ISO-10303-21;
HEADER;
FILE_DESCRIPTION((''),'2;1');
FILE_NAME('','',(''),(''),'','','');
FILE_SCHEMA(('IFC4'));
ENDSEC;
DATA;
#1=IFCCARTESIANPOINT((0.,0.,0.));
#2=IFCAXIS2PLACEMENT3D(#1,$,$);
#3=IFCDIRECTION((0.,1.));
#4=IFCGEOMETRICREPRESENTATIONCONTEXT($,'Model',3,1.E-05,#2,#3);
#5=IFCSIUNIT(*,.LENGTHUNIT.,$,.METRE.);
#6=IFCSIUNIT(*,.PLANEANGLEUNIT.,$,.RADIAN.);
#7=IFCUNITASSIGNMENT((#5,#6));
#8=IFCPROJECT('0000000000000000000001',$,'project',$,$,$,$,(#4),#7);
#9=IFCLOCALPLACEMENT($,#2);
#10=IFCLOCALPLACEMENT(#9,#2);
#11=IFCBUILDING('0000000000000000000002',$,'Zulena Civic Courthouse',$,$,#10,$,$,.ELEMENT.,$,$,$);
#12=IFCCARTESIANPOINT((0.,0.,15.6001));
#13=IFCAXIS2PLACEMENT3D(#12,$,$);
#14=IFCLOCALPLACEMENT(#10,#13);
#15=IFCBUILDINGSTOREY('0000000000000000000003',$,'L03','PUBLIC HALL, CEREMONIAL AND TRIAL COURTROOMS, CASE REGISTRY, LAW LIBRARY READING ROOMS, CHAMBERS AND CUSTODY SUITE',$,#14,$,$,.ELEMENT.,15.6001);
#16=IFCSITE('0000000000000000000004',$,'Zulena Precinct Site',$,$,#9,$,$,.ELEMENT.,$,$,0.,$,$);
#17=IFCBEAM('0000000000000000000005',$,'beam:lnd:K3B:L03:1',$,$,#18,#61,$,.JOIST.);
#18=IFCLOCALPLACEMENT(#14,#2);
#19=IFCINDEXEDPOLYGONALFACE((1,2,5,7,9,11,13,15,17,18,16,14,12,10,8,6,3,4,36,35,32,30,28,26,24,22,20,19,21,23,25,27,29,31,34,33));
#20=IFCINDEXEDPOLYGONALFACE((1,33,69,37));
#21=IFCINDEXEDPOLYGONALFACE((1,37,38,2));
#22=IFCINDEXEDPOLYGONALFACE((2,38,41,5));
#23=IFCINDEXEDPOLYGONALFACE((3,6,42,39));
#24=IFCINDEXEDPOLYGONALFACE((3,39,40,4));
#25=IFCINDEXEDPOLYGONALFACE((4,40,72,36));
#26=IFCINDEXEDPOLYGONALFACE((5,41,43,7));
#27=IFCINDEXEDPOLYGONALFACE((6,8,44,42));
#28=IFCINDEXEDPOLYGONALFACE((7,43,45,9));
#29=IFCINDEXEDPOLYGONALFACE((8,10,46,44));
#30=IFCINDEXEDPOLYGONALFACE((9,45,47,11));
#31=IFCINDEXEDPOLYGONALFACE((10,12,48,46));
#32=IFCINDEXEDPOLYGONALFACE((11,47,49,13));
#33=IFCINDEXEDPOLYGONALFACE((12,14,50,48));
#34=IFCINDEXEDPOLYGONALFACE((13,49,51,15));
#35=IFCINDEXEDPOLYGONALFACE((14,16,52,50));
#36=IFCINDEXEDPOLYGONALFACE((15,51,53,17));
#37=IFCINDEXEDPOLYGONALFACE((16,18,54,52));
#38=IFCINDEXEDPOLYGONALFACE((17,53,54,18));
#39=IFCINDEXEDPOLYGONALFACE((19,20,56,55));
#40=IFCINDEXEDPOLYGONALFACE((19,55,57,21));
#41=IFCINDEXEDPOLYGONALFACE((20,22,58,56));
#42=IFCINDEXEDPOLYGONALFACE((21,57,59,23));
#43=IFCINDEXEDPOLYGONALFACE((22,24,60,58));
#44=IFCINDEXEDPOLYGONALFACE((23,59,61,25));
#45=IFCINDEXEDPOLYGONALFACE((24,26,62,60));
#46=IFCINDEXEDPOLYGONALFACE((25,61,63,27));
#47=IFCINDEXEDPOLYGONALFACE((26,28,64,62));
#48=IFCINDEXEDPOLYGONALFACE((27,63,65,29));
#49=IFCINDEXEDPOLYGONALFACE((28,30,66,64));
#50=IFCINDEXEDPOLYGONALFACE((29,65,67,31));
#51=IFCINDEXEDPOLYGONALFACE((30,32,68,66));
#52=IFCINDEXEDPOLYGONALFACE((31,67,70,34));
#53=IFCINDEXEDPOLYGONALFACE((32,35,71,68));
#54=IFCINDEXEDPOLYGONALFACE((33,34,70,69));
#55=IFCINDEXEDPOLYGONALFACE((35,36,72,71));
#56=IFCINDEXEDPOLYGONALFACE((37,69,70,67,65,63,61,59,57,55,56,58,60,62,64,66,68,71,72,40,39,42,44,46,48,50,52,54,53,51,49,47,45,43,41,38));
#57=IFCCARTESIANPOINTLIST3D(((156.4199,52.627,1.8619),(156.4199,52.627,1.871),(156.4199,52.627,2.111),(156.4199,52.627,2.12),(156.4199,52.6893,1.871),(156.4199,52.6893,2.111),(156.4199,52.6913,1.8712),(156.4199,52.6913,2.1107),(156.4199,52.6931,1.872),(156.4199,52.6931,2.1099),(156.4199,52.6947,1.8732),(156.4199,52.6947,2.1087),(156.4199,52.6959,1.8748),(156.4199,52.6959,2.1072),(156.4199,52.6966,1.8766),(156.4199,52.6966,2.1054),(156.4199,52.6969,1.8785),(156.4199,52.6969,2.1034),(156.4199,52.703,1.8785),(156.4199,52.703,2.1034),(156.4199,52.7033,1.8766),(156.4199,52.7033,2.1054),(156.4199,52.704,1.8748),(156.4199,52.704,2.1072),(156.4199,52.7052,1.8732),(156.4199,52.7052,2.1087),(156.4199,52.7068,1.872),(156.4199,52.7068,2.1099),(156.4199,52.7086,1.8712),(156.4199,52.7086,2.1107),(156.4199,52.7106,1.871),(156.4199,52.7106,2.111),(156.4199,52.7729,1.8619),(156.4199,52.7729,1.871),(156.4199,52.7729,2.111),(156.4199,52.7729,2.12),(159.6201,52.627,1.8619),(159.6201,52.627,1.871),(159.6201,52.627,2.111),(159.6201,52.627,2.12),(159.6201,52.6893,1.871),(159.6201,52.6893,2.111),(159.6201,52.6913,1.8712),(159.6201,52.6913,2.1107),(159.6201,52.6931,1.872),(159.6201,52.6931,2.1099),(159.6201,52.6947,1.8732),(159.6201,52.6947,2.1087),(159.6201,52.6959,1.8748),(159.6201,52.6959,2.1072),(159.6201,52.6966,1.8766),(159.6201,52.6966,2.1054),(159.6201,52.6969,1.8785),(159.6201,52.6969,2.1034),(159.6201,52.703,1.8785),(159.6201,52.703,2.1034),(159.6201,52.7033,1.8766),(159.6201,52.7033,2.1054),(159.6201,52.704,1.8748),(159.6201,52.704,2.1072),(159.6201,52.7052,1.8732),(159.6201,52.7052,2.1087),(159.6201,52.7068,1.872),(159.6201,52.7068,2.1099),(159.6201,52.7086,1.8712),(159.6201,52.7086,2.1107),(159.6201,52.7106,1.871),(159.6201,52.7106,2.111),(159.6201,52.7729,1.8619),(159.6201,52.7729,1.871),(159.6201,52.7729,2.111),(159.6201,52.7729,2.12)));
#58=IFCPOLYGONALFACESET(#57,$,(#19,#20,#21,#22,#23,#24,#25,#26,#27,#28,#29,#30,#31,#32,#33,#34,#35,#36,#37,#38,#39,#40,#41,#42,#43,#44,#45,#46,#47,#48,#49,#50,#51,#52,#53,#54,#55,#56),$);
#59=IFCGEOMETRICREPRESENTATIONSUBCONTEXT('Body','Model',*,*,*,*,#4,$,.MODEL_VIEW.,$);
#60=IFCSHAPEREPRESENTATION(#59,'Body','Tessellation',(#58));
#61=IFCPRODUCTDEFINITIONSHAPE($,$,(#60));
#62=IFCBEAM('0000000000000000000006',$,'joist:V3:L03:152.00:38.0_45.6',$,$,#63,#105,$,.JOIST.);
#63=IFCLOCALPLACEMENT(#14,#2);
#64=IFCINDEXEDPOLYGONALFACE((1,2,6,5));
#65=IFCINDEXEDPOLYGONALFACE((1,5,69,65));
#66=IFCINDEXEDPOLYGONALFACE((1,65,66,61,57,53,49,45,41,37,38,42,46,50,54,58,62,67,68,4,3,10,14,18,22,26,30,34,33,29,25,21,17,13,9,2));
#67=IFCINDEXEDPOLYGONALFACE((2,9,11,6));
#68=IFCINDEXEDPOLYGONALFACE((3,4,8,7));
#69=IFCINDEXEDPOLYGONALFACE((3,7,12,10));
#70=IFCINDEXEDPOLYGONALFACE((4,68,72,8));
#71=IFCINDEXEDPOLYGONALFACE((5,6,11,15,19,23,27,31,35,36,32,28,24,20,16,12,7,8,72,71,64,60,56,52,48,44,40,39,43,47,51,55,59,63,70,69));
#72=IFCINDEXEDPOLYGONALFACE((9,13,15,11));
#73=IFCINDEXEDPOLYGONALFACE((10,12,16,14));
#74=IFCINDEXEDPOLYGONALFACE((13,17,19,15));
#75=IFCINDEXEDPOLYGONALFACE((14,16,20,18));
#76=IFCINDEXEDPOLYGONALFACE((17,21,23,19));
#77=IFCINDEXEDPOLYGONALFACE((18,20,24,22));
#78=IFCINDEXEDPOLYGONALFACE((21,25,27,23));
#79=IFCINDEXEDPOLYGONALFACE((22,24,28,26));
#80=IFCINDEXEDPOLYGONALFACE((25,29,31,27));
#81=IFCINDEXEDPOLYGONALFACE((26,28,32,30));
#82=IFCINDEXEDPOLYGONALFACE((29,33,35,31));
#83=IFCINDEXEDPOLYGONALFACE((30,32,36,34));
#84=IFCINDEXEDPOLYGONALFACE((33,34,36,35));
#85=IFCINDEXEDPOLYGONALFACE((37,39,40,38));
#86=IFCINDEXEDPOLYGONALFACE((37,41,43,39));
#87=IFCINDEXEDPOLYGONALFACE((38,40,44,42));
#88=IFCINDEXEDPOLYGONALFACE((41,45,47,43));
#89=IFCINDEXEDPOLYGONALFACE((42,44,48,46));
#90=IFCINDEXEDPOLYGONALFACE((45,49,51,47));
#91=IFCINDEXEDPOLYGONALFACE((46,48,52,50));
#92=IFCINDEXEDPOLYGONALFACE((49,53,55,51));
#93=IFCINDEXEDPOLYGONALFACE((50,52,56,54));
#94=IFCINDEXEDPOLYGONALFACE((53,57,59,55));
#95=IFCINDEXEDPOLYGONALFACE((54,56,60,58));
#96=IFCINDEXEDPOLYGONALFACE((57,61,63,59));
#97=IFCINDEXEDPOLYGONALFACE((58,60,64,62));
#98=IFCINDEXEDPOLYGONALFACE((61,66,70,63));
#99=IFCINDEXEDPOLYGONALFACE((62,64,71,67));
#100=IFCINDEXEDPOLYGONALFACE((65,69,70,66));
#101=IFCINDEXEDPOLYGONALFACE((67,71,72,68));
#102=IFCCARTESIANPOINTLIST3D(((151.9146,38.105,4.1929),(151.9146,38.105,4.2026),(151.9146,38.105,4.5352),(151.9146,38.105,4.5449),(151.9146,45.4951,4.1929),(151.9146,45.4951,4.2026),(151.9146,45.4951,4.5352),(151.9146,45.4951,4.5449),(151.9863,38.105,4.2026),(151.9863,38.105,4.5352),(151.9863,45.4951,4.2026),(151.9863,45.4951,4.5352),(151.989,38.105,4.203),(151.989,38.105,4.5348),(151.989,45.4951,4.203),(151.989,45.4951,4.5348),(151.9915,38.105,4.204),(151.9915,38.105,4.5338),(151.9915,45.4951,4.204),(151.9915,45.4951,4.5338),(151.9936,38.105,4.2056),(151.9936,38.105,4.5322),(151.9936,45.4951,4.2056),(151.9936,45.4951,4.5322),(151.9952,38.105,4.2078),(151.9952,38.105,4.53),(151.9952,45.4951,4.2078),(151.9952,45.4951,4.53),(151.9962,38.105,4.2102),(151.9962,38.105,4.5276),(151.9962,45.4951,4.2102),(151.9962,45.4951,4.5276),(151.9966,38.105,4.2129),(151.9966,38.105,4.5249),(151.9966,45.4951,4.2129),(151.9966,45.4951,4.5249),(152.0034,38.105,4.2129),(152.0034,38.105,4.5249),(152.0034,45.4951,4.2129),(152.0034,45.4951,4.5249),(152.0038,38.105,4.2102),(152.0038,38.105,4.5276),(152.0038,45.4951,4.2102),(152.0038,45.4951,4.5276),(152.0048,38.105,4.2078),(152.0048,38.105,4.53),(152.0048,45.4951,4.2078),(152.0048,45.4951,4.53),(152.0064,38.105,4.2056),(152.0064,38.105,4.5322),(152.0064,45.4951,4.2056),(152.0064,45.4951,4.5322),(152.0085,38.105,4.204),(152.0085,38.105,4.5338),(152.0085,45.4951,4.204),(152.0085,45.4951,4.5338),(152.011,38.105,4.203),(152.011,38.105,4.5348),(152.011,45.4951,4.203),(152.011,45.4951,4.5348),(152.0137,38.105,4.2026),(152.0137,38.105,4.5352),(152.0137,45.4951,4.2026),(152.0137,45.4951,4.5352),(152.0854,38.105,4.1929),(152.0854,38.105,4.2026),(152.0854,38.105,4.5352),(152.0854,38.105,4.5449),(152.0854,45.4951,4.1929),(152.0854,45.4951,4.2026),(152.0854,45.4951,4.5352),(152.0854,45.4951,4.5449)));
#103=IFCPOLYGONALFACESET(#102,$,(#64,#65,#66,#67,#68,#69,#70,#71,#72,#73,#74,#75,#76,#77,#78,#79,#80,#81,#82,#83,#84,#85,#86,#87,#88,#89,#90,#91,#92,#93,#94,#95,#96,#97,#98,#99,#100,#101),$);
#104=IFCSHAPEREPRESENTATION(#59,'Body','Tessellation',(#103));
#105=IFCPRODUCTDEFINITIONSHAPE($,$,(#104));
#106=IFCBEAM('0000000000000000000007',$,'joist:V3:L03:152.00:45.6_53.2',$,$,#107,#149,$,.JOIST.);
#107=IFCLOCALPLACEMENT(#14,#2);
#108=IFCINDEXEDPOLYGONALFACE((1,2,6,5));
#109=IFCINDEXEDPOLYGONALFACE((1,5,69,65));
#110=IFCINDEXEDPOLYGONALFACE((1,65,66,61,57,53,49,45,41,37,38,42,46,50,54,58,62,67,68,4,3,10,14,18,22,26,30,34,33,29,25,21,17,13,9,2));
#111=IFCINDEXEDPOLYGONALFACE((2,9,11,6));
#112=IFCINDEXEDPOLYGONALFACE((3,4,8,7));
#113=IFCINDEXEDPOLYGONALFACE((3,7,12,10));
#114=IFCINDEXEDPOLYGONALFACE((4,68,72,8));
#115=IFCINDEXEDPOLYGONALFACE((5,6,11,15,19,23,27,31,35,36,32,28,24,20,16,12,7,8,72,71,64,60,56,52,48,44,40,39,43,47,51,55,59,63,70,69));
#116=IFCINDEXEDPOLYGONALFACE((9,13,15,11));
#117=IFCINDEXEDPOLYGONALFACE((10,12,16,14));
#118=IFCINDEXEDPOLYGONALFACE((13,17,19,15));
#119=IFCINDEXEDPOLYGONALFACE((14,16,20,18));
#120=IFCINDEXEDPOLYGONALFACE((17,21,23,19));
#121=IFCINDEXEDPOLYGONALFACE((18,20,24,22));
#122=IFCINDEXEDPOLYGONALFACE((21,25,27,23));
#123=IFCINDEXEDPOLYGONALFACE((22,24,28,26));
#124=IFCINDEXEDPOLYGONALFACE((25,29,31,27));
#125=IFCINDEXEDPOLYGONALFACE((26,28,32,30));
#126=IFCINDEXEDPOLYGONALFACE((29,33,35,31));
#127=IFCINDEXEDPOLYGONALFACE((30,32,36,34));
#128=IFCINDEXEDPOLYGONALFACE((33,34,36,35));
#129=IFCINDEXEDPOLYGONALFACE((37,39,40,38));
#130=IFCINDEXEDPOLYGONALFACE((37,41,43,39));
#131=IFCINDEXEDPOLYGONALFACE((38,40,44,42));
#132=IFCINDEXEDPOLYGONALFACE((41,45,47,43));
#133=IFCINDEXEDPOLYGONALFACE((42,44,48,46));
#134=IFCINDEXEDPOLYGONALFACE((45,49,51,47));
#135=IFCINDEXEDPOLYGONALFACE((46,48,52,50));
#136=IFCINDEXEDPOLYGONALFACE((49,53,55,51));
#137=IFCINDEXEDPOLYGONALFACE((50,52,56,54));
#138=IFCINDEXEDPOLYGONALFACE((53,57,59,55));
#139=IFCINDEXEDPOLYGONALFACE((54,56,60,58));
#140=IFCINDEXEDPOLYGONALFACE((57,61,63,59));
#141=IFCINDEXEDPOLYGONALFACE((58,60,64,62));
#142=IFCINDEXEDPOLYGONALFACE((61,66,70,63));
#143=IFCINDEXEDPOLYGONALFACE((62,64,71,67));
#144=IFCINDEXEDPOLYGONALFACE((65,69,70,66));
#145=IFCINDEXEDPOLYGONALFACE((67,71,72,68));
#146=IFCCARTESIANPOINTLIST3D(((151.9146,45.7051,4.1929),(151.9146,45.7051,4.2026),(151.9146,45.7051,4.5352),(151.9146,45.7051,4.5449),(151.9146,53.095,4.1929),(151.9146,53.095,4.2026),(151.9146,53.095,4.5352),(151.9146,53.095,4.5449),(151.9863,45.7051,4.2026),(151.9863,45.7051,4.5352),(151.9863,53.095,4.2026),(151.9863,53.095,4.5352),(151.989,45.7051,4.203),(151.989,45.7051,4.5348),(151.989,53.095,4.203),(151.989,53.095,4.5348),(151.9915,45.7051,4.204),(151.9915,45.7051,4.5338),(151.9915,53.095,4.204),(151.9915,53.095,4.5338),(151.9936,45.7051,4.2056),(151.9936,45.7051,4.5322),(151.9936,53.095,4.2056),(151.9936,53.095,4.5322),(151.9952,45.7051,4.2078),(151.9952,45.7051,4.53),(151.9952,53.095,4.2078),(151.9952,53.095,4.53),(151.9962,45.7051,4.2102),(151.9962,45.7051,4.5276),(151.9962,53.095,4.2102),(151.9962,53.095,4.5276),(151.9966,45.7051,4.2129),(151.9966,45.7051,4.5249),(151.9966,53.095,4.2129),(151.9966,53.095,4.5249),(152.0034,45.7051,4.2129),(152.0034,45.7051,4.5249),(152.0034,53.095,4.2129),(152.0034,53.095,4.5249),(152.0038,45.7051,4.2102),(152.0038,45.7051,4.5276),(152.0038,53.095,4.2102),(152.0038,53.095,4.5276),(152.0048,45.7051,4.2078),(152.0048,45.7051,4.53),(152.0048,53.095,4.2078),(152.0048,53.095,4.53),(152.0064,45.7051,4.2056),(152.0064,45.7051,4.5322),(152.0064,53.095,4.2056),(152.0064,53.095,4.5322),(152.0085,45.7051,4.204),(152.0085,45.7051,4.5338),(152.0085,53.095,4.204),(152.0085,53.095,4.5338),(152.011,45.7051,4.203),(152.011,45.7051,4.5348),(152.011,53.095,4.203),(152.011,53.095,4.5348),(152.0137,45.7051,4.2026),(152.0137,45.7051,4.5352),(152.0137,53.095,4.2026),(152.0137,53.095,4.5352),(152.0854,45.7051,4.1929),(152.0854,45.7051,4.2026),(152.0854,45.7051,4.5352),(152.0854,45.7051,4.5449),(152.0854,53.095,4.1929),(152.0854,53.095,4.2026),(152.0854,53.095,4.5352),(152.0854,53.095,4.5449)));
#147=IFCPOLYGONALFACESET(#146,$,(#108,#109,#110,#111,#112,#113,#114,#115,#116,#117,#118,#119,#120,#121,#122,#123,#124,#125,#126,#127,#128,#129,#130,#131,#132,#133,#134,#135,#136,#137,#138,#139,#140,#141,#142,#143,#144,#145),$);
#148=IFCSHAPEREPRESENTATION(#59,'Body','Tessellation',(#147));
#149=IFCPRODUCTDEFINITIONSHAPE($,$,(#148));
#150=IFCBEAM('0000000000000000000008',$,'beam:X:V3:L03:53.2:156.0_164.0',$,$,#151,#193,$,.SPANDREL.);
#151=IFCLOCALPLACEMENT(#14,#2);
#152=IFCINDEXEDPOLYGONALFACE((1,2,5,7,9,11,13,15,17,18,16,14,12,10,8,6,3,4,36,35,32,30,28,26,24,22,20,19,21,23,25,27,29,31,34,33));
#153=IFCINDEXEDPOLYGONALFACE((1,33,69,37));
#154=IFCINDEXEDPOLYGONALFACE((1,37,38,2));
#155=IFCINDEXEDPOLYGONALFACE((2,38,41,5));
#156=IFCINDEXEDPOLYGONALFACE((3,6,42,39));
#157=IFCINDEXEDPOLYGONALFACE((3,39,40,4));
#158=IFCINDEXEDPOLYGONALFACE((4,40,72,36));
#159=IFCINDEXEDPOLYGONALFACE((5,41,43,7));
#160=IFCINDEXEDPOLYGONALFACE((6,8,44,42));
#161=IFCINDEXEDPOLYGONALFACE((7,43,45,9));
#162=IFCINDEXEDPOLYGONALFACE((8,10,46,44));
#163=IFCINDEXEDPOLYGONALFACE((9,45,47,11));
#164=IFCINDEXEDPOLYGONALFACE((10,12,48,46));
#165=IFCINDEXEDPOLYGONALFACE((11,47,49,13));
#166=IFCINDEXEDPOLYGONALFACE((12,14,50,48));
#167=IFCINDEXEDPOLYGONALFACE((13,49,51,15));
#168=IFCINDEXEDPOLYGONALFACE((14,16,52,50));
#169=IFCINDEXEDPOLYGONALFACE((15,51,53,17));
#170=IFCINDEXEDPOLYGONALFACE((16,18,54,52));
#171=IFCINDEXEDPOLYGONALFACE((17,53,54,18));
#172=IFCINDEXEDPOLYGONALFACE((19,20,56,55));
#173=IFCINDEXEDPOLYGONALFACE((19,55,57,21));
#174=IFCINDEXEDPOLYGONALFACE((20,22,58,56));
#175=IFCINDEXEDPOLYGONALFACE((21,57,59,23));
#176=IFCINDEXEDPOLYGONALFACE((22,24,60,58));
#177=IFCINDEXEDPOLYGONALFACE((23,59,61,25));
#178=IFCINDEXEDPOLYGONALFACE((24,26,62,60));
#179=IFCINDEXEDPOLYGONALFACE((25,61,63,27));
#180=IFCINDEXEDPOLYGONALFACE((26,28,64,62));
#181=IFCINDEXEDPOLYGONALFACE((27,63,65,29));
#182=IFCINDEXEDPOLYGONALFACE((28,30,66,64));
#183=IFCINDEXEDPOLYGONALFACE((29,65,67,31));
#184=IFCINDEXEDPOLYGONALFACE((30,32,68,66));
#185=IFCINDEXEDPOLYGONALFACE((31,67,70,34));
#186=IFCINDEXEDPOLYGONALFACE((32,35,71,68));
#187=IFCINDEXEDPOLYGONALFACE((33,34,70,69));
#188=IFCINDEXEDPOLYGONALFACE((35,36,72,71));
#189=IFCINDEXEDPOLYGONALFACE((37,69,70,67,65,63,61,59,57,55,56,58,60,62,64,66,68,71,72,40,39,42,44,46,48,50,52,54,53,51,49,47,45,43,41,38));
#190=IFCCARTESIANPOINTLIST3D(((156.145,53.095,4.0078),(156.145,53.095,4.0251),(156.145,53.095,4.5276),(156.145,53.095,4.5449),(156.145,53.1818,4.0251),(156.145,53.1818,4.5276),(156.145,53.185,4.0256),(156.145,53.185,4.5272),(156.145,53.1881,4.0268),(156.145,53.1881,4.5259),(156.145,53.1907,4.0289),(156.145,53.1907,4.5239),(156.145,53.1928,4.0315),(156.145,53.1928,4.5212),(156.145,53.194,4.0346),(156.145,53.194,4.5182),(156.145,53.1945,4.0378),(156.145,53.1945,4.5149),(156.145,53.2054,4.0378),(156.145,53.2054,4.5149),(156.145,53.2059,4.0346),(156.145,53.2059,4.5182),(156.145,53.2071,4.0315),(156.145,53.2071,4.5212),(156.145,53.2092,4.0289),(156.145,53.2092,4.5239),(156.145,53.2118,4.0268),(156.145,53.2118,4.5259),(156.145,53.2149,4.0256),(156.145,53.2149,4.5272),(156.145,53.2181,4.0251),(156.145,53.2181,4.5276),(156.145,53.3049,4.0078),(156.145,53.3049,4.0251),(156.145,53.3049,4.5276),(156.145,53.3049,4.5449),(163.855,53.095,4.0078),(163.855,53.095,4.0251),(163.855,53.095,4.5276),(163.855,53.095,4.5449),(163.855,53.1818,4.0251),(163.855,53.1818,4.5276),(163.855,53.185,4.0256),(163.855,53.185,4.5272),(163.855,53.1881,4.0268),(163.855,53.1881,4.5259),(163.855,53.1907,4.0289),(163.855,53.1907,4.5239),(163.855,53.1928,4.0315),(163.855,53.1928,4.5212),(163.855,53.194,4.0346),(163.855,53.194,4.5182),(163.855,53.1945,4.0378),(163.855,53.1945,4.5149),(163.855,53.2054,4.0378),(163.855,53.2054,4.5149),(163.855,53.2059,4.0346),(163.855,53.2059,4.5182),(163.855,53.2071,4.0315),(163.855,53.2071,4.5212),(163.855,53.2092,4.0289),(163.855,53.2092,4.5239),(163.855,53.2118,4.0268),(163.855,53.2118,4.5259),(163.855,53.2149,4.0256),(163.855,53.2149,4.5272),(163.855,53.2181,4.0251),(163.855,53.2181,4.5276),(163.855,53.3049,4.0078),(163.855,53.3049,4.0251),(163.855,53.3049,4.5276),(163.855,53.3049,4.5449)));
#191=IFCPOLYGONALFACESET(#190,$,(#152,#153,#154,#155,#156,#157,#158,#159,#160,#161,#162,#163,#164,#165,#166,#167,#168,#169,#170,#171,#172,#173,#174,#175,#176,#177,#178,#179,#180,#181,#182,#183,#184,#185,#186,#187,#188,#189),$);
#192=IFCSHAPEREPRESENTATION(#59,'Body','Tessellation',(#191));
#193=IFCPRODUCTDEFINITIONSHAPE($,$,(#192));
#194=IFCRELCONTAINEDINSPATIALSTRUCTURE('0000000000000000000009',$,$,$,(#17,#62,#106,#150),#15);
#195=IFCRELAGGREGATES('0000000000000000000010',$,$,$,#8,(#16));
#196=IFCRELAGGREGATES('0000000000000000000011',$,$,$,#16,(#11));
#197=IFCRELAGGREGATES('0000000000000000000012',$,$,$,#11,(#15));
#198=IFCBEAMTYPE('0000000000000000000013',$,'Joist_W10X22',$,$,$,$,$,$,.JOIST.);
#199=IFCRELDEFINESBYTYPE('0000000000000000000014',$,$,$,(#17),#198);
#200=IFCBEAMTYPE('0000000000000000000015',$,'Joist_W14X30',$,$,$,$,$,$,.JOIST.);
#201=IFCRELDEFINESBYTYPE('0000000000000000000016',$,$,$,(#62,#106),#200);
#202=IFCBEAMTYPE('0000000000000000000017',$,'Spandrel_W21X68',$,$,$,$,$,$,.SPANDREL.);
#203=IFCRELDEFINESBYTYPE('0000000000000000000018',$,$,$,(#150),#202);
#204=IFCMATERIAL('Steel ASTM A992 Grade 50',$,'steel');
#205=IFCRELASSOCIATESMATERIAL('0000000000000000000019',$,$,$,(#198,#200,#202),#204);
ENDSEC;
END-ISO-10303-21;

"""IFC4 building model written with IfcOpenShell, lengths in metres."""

from ifc_helpers import new_model, si_unit, direction, frame, origin, origin_2d, place, context, subcontext, project, spatial, i_section, extrude, material, material_profile, profile_set, type_object, element, save


model = new_model("IFC4")

# Units and contexts
model_context = context("Model", 3, precision=1e-05, world=origin(), true_north=direction((0.0, 1.0)))
body_context = subcontext(model_context, "Body", "Model", "MODEL_VIEW")
ifc_project = project(units=[si_unit("LENGTHUNIT", "METRE"), si_unit("PLANEANGLEUNIT", "RADIAN")], contexts=[model_context])

# Site, building, storey
site_placement = place(None, origin())
site = spatial("IfcSite", under=ifc_project, at=site_placement, Name="Zulena Precinct Site", CompositionType="ELEMENT", RefElevation=0.0)
building_placement = place(site_placement, origin())
building = spatial("IfcBuilding", under=site, at=building_placement, Name="Zulena Civic Courthouse", CompositionType="ELEMENT")
storey_placement = place(building_placement, frame((0.0, 0.0, 15.6001)))
storey = spatial("IfcBuildingStorey", under=building, at=storey_placement, Name="L03", Description="PUBLIC HALL, CEREMONIAL AND TRIAL COURTROOMS, CASE REGISTRY, LAW LIBRARY READING ROOMS, CHAMBERS AND CUSTODY SUITE", CompositionType="ELEMENT", Elevation=15.6001)

# Shared definitions
ifc_material_1 = material(Name="Steel ASTM A992 Grade 50", Category="steel")

# Beams
ifc_material_profile_1 = material_profile(ifc_material_1, i_section(OverallWidth=0.146, OverallDepth=0.2581, WebThickness=0.0061, FlangeThickness=0.009, FilletRadius=0.0076, at=origin_2d()), Name="W10X22")
ifc_profile_set_1 = profile_set([ifc_material_profile_1], Name="Steel ASTM A992 Grade 50")
beam_type_1 = type_object("IfcBeamType", Name="Joist_W10X22", PredefinedType="JOIST", material=ifc_profile_set_1)
for number, where, z_axis, x_axis, name in (
    (1, (156.4199, 52.7, 1.991), (1.0, 0.0, 0.0), (0.0, 1.0, 0.0), "beam:lnd:K3B:L03:1"),
):
    element("IfcBeam", number, at=place(storey_placement, frame(where, z_axis=z_axis, x_axis=x_axis)), inside=storey, type_object=beam_type_1, Name=name, PredefinedType="JOIST", context=body_context, shape_type="SweptSolid", body=[
        extrude(i_section(OverallWidth=0.146, OverallDepth=0.2581, WebThickness=0.0061, FlangeThickness=0.009, FilletRadius=0.0076, at=origin_2d()), origin(), (0.0, 0.0, 1.0), 3.2002),
    ])
ifc_material_profile_2 = material_profile(ifc_material_1, i_section(OverallWidth=0.1709, OverallDepth=0.3521, WebThickness=0.0068, FlangeThickness=0.0098, FilletRadius=0.0103, at=origin_2d()), Name="W14X30")
ifc_profile_set_2 = profile_set([ifc_material_profile_2], Name="Steel ASTM A992 Grade 50")
beam_type_2 = type_object("IfcBeamType", Name="Joist_W14X30", PredefinedType="JOIST", material=ifc_profile_set_2)
beam_1_placement = place(storey_placement, frame((152.0, 38.105, 4.3689), z_axis=(0.0, 1.0, 0.0), x_axis=(-1.0, 0.0, 0.0)))
element("IfcBeam", 2, at=beam_1_placement, inside=storey, type_object=beam_type_2, Name="joist:V3:L03:152.00:38.0_45.6", PredefinedType="JOIST", context=body_context, shape_type="SweptSolid", body=[
    extrude(i_section(OverallWidth=0.1709, OverallDepth=0.3521, WebThickness=0.0068, FlangeThickness=0.0098, FilletRadius=0.0103, at=origin_2d()), origin(), (0.0, 0.0, 1.0), 7.3901),
])
beam_2_placement = place(storey_placement, frame((152.0, 45.7051, 4.3689), z_axis=(0.0, 1.0, 0.0), x_axis=(-1.0, 0.0, 0.0)))
element("IfcBeam", 3, at=beam_2_placement, inside=storey, type_object=beam_type_2, Name="joist:V3:L03:152.00:45.6_53.2", PredefinedType="JOIST", context=body_context, shape_type="SweptSolid", body=[
    extrude(i_section(OverallWidth=0.1709, OverallDepth=0.3521, WebThickness=0.0068, FlangeThickness=0.0098, FilletRadius=0.0103, at=origin_2d()), origin(), (0.0, 0.0, 1.0), 7.3899),
])
ifc_material_profile_3 = material_profile(ifc_material_1, i_section(OverallWidth=0.21, OverallDepth=0.5371, WebThickness=0.011, FlangeThickness=0.0173, FilletRadius=0.0127, at=origin_2d()), Name="W21X68")
ifc_profile_set_3 = profile_set([ifc_material_profile_3], Name="Steel ASTM A992 Grade 50")
beam_type_3 = type_object("IfcBeamType", Name="Spandrel_W21X68", PredefinedType="SPANDREL", material=ifc_profile_set_3)
beam_3_placement = place(storey_placement, frame((156.145, 53.2, 4.2764), z_axis=(1.0, 0.0, 0.0), x_axis=(0.0, 1.0, 0.0)))
element("IfcBeam", 4, at=beam_3_placement, inside=storey, type_object=beam_type_3, Name="beam:X:V3:L03:53.2:156.0_164.0", PredefinedType="SPANDREL", context=body_context, shape_type="SweptSolid", body=[
    extrude(i_section(OverallWidth=0.21, OverallDepth=0.5371, WebThickness=0.011, FlangeThickness=0.0173, FilletRadius=0.0127, at=origin_2d()), origin(), (0.0, 0.0, 1.0), 7.71),
])

save(model, "model.ifc")
